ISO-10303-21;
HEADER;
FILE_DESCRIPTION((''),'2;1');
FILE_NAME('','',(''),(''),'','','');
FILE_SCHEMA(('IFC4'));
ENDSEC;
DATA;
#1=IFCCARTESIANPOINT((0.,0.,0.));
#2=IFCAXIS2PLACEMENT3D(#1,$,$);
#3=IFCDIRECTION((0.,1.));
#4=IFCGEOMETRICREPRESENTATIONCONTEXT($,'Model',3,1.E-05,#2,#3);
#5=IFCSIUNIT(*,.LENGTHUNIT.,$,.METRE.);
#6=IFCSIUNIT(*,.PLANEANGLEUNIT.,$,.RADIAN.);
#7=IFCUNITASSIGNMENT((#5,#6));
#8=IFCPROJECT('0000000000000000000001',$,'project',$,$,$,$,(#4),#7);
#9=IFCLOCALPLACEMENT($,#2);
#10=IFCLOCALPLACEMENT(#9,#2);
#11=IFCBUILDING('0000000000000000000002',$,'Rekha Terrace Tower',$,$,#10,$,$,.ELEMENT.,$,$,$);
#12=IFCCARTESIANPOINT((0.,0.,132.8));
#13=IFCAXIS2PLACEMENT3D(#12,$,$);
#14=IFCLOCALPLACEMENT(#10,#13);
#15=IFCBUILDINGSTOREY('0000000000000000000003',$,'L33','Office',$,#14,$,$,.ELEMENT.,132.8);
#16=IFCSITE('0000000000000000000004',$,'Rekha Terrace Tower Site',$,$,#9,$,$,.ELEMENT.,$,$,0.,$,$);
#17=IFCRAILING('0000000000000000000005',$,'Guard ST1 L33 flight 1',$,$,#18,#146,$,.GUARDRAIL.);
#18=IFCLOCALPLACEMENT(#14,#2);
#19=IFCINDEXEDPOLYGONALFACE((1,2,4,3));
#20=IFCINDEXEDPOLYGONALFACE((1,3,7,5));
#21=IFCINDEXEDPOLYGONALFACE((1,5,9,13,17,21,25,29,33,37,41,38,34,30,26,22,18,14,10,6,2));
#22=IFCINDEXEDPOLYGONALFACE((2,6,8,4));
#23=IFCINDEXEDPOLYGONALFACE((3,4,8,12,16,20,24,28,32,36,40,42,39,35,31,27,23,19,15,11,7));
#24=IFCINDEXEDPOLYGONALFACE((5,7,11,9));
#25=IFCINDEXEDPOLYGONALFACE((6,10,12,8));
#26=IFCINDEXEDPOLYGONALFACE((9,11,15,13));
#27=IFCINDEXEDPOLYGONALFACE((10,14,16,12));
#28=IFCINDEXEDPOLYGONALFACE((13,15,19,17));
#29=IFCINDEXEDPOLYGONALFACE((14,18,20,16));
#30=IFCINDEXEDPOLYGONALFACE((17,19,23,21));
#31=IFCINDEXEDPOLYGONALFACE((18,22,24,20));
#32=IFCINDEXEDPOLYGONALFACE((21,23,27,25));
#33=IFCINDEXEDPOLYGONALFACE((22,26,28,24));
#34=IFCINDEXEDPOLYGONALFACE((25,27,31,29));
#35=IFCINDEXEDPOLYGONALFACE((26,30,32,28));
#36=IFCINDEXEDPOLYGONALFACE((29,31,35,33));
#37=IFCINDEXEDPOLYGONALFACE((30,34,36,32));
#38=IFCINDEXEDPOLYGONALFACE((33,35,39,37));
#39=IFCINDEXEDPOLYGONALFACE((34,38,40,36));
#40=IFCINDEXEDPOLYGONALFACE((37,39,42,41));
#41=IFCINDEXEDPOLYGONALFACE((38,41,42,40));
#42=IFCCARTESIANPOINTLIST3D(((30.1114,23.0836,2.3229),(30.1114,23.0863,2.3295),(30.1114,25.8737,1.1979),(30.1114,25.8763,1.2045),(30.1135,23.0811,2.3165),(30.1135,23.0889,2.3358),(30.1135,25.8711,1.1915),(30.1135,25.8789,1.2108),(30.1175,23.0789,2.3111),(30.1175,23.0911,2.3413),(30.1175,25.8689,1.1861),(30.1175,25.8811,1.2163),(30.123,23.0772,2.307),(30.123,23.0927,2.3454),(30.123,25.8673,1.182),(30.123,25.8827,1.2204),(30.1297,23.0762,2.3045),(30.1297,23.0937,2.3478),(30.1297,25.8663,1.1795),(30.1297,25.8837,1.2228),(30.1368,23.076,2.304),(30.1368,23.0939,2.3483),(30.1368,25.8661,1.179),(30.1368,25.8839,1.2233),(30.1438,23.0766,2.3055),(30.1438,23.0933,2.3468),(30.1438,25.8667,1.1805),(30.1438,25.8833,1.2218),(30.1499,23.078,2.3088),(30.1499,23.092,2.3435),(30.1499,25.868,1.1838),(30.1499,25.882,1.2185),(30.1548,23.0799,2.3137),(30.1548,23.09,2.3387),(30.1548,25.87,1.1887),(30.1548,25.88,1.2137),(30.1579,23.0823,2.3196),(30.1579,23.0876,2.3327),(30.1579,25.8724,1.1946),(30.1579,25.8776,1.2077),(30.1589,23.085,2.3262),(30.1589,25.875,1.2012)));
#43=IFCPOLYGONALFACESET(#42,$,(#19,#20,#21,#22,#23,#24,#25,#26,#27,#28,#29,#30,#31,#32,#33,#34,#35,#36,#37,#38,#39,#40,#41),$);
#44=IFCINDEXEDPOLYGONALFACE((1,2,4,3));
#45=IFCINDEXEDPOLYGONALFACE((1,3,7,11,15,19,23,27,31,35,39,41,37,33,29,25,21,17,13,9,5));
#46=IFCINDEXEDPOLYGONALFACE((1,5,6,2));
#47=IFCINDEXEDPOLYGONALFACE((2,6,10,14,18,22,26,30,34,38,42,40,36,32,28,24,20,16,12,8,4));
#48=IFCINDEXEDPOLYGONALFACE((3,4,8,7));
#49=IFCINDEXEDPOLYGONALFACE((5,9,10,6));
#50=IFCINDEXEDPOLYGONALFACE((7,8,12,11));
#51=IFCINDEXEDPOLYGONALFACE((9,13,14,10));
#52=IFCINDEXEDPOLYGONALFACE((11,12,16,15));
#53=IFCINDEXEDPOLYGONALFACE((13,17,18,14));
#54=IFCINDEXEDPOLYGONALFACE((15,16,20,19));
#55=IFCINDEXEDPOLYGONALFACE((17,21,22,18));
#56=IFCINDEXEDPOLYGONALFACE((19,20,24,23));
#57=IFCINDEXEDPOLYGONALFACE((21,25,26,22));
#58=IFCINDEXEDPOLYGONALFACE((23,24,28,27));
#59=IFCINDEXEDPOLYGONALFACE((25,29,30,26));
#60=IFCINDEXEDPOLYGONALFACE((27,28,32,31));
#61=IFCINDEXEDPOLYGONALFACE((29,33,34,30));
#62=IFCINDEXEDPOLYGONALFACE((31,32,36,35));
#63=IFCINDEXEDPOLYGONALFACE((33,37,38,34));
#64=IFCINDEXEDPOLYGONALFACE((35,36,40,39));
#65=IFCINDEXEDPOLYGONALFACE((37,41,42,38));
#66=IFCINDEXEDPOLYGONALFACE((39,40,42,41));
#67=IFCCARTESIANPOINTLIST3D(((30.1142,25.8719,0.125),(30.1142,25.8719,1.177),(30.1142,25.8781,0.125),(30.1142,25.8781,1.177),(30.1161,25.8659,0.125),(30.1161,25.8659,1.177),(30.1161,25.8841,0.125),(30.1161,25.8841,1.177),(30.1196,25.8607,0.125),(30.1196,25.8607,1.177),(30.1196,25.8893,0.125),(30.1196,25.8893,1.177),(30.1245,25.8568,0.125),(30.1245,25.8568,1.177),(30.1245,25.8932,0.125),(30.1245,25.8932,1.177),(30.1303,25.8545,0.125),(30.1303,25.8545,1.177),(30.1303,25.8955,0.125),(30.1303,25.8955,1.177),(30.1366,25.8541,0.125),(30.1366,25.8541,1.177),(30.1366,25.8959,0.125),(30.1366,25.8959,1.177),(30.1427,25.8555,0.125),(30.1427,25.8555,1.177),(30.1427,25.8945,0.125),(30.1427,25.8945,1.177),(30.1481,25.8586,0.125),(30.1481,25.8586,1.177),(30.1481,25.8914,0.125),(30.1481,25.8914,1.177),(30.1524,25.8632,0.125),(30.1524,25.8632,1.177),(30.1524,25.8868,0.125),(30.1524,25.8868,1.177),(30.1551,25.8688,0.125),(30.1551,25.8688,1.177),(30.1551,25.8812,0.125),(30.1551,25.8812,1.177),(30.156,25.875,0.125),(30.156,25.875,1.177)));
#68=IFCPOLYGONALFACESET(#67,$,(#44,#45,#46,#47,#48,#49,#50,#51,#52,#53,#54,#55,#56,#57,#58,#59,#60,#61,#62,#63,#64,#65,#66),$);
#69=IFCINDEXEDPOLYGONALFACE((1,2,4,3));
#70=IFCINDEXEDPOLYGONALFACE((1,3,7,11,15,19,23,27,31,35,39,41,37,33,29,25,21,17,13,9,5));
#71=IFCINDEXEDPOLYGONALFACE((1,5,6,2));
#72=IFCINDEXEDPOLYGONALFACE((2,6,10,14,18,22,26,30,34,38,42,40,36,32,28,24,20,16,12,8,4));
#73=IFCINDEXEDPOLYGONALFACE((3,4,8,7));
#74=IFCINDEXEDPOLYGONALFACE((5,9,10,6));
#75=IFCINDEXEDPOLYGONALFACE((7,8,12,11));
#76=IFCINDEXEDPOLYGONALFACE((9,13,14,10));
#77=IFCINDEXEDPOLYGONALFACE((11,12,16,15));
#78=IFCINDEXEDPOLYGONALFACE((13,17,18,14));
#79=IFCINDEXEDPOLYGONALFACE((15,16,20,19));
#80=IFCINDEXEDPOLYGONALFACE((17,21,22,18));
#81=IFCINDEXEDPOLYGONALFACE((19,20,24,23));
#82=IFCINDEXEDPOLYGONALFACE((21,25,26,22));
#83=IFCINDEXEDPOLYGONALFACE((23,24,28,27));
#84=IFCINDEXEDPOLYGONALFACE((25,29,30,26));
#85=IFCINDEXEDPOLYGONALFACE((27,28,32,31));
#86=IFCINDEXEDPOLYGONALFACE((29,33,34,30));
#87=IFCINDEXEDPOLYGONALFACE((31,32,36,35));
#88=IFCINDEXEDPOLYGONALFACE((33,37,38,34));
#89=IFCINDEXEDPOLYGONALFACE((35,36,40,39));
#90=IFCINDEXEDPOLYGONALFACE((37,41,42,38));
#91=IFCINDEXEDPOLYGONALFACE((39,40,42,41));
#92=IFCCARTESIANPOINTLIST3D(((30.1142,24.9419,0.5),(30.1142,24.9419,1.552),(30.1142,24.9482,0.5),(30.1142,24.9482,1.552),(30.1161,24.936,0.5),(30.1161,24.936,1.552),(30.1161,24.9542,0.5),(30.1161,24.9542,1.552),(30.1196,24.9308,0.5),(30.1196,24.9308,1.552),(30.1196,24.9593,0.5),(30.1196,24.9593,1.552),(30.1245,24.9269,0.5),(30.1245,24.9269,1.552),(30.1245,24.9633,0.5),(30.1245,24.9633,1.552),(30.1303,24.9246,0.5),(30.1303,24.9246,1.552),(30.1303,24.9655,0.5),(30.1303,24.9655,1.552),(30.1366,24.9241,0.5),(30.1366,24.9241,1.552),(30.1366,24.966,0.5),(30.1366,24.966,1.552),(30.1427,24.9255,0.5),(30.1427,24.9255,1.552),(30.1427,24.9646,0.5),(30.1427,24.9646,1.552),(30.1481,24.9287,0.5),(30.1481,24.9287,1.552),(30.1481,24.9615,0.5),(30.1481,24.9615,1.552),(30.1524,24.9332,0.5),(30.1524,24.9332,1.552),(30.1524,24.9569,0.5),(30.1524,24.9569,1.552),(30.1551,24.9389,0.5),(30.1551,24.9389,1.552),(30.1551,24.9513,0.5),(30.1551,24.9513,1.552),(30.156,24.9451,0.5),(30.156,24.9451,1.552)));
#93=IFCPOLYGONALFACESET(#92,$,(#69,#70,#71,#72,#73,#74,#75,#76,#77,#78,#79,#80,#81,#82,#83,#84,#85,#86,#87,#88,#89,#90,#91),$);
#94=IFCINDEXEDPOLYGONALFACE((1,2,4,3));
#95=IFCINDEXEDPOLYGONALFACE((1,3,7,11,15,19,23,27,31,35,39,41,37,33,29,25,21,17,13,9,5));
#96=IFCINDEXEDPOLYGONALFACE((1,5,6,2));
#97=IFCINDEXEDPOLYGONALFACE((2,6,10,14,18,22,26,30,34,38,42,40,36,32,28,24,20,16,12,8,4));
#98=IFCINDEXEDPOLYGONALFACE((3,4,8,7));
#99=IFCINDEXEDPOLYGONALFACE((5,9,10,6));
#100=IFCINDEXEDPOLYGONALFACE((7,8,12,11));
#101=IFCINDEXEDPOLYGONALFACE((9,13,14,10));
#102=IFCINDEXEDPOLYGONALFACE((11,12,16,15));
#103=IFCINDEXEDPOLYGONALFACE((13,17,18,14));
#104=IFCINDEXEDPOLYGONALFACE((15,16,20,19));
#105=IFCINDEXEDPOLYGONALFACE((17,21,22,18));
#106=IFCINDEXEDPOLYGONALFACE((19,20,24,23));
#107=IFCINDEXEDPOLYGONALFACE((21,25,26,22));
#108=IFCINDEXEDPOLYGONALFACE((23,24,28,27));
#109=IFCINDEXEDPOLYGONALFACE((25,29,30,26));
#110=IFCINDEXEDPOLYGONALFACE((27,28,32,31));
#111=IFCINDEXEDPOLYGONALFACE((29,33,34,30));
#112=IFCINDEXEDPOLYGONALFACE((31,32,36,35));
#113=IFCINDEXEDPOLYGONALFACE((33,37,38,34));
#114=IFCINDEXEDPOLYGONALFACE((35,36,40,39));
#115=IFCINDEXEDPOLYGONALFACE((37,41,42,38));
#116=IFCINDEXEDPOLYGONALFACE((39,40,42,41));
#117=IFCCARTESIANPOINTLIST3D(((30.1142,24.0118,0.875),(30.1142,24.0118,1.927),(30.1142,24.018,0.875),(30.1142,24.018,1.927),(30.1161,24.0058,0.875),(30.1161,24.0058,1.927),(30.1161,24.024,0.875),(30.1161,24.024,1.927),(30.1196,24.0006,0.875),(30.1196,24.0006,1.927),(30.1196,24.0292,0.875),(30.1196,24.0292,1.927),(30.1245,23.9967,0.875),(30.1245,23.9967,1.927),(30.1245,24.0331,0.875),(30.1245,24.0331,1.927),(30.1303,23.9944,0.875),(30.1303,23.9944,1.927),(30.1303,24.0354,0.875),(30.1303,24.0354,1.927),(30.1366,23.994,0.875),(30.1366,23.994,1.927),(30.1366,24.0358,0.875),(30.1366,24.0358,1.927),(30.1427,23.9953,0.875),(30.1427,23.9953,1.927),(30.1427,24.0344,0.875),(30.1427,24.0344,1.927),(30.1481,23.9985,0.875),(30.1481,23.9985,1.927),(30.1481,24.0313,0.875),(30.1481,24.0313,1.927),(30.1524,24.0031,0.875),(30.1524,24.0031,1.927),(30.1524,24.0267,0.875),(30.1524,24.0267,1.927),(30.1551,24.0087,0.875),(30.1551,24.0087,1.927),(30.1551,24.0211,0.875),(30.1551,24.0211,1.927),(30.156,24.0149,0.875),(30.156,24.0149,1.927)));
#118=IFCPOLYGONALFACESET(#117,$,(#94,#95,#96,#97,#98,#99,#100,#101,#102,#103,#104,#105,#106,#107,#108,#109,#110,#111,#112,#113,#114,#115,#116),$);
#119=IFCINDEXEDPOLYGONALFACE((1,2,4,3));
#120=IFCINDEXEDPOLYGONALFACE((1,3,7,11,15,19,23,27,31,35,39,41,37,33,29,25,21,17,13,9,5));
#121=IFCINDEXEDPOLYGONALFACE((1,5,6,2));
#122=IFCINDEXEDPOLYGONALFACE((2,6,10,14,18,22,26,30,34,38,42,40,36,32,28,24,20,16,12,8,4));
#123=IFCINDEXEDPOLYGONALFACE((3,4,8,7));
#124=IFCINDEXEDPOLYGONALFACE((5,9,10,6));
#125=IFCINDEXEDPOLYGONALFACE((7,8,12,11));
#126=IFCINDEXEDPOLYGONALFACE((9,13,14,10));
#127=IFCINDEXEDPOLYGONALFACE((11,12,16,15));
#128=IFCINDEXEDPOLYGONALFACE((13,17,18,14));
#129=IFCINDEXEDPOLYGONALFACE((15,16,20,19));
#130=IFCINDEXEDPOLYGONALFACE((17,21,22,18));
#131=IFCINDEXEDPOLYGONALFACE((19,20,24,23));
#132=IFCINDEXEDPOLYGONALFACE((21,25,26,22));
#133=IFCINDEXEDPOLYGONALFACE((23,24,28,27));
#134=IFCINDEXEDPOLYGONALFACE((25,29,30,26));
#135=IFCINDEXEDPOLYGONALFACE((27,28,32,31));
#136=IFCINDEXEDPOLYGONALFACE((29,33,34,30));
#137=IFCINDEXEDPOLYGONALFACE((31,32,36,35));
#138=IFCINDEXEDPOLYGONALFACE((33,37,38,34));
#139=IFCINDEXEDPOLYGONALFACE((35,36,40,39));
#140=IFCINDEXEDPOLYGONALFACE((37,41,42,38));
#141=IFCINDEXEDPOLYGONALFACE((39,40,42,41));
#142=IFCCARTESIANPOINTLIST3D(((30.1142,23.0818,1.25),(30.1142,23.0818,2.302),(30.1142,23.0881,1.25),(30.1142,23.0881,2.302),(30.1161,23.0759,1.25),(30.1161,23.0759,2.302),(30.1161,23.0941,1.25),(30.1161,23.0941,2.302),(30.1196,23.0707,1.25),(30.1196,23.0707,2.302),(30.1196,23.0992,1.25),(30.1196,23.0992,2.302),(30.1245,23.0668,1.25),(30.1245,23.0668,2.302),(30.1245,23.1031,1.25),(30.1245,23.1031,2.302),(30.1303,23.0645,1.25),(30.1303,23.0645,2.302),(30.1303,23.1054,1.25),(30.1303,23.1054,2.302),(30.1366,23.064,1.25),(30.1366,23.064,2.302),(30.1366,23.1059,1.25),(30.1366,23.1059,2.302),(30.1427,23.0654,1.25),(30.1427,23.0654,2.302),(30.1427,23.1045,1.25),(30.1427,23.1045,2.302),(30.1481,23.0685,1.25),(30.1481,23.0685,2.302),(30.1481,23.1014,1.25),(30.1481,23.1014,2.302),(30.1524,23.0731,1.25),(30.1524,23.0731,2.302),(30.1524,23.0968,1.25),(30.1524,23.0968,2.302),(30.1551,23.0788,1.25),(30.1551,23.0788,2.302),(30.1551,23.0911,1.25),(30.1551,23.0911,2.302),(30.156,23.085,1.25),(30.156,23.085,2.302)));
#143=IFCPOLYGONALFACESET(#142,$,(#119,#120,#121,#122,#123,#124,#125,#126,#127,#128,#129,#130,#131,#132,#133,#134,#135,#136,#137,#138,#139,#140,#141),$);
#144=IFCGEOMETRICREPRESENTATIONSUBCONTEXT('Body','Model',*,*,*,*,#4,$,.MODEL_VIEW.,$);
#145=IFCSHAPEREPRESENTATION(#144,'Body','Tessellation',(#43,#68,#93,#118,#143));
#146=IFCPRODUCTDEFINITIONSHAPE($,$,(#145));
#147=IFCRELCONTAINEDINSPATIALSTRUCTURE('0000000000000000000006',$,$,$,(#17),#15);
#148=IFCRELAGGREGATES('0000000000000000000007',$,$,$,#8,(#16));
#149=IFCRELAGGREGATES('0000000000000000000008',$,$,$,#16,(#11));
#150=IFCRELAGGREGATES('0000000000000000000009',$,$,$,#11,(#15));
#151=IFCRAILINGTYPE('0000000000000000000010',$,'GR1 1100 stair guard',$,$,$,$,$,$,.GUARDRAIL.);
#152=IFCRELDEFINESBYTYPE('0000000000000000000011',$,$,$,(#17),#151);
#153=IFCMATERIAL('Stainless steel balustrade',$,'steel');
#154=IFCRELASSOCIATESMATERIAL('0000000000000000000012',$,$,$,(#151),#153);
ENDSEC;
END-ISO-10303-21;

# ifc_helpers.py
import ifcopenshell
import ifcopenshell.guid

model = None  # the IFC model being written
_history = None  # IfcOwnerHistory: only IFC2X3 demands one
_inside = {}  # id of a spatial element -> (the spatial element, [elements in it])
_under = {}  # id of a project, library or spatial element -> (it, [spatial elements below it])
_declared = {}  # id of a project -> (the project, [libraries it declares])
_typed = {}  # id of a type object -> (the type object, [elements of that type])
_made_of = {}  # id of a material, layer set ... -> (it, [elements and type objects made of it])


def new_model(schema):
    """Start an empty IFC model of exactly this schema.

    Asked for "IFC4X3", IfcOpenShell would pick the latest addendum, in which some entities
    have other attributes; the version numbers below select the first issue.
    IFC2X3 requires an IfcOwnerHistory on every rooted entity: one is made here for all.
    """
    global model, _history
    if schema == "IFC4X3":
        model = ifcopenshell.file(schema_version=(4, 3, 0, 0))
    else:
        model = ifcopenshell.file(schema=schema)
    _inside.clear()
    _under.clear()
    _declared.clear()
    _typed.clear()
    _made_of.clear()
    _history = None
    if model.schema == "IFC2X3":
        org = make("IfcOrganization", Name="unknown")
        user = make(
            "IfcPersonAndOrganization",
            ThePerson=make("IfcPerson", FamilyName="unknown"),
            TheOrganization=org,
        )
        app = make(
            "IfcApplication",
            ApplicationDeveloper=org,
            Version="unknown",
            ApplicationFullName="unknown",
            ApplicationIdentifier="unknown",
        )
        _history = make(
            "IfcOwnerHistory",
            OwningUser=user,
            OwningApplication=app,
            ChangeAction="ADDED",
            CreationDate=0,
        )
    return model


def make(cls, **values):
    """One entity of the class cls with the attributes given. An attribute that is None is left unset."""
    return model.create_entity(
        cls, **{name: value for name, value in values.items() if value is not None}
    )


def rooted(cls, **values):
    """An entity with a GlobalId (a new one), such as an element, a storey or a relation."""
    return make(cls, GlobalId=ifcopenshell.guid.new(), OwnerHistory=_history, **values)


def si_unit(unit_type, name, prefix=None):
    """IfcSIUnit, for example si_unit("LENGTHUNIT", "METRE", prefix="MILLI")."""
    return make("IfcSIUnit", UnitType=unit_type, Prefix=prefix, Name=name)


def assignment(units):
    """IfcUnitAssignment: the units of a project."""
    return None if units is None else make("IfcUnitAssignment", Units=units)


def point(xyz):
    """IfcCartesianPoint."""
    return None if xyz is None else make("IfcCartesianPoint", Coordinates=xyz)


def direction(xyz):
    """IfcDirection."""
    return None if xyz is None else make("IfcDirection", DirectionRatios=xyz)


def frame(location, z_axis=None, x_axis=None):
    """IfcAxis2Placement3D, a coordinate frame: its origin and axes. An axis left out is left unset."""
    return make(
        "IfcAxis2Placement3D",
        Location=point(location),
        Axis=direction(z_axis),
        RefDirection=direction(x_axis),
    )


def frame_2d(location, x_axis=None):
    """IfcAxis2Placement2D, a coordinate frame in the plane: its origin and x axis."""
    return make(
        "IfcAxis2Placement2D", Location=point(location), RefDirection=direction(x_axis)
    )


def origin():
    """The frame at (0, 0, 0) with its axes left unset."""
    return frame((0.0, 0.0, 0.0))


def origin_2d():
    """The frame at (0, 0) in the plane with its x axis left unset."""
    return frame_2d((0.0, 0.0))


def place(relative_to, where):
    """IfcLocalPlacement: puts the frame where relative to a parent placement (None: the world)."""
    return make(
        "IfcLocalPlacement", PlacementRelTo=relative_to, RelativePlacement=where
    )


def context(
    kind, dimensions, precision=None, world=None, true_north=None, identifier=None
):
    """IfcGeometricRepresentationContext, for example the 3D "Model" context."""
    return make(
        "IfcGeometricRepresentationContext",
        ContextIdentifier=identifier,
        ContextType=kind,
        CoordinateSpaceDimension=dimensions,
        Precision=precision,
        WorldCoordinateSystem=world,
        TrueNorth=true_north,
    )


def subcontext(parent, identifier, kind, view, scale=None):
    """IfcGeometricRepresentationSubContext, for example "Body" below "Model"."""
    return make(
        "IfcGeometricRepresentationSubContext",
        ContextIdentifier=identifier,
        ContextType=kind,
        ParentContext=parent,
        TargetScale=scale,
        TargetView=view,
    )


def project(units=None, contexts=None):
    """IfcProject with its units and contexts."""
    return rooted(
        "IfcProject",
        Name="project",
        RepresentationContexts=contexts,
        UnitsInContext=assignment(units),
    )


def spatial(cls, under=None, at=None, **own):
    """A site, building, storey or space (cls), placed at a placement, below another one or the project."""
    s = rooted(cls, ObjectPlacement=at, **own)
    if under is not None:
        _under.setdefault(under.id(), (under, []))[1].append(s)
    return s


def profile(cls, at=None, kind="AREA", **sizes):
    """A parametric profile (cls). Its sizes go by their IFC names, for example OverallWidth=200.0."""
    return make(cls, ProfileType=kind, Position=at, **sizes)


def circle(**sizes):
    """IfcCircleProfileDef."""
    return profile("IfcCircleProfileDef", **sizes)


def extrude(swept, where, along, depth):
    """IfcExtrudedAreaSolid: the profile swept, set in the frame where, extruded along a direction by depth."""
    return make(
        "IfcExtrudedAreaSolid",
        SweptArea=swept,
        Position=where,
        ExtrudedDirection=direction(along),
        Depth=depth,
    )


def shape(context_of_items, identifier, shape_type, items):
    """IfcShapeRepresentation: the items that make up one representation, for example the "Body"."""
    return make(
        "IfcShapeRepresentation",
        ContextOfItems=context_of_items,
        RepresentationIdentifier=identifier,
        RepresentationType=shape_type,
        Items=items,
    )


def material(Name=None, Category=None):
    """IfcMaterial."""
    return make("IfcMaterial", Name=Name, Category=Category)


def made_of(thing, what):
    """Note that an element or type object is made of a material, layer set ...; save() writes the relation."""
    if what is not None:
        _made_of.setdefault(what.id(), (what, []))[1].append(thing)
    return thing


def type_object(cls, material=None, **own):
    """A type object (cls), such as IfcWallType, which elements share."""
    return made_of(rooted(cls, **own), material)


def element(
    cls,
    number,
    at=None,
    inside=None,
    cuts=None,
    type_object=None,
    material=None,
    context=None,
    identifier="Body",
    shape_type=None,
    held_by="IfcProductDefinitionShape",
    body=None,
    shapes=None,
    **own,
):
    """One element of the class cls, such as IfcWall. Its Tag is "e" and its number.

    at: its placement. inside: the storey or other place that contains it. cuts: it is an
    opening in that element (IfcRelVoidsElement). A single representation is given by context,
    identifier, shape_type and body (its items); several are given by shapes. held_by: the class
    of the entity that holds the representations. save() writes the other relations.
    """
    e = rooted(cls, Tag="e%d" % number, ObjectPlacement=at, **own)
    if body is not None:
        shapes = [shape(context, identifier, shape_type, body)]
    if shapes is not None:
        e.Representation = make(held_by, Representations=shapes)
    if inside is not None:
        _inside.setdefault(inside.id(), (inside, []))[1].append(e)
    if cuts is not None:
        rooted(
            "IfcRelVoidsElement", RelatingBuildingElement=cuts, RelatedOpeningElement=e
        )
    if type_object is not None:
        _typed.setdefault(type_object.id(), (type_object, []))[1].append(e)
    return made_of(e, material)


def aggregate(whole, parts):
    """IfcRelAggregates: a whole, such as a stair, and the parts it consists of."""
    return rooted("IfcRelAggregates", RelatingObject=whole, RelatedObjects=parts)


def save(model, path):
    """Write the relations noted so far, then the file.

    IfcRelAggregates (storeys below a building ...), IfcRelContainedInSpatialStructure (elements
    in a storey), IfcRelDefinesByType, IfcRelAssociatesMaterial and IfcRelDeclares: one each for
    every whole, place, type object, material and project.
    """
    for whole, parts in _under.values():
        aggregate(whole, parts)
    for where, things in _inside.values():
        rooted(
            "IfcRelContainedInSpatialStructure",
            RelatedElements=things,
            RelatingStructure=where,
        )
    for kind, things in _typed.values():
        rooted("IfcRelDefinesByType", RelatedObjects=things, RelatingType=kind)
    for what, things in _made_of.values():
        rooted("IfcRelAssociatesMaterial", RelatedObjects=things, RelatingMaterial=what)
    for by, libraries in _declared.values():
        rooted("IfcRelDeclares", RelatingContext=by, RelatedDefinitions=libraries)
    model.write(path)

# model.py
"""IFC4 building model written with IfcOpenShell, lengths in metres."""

from ifc_helpers import new_model, si_unit, direction, frame, origin, origin_2d, place, context, subcontext, project, spatial, circle, extrude, material, type_object, element, save


model = new_model("IFC4")

# Units and contexts
model_context = context("Model", 3, precision=1e-05, world=origin(), true_north=direction((0.0, 1.0)))
body_context = subcontext(model_context, "Body", "Model", "MODEL_VIEW")
ifc_project = project(units=[si_unit("LENGTHUNIT", "METRE"), si_unit("PLANEANGLEUNIT", "RADIAN")], contexts=[model_context])

# Site, building, storey
site_placement = place(None, origin())
site = spatial("IfcSite", under=ifc_project, at=site_placement, Name="Rekha Terrace Tower Site", CompositionType="ELEMENT", RefElevation=0.0)
building_placement = place(site_placement, origin())
building = spatial("IfcBuilding", under=site, at=building_placement, Name="Rekha Terrace Tower", CompositionType="ELEMENT")
storey_placement = place(building_placement, frame((0.0, 0.0, 132.8)))
storey = spatial("IfcBuildingStorey", under=building, at=storey_placement, Name="L33", Description="Office", CompositionType="ELEMENT", Elevation=132.8)

# Railing
ifc_material_1 = material(Name="Stainless steel balustrade", Category="steel")
railing_type_1 = type_object("IfcRailingType", Name="GR1 1100 stair guard", PredefinedType="GUARDRAIL", material=ifc_material_1)
railing_1_placement = place(storey_placement, frame((30.135, 25.875, 0.125)))
element("IfcRailing", 1, at=railing_1_placement, inside=storey, type_object=railing_type_1, Name="Guard ST1 L33 flight 1", PredefinedType="GUARDRAIL", context=body_context, shape_type="SweptSolid", body=[
    extrude(circle(Radius=0.0239, at=origin_2d()), frame((0.0, 0.0, 1.0762), z_axis=(0.0, -0.927443, 0.373964), x_axis=(1.0, 0.0, 0.0)), (0.0, 0.0, 1.0), 3.0083),
    extrude(circle(Radius=0.021, at=origin_2d()), origin(), (0.0, 0.0, 1.0), 1.052),
    extrude(circle(Radius=0.021, at=origin_2d()), frame((0.0, -0.9299, 0.375)), (0.0, 0.0, 1.0), 1.052),
    extrude(circle(Radius=0.021, at=origin_2d()), frame((0.0, -1.8601, 0.75)), (0.0, 0.0, 1.0), 1.052),
    extrude(circle(Radius=0.021, at=origin_2d()), frame((0.0, -2.79, 1.125)), (0.0, 0.0, 1.0), 1.052),
])

save(model, "model.ifc")
